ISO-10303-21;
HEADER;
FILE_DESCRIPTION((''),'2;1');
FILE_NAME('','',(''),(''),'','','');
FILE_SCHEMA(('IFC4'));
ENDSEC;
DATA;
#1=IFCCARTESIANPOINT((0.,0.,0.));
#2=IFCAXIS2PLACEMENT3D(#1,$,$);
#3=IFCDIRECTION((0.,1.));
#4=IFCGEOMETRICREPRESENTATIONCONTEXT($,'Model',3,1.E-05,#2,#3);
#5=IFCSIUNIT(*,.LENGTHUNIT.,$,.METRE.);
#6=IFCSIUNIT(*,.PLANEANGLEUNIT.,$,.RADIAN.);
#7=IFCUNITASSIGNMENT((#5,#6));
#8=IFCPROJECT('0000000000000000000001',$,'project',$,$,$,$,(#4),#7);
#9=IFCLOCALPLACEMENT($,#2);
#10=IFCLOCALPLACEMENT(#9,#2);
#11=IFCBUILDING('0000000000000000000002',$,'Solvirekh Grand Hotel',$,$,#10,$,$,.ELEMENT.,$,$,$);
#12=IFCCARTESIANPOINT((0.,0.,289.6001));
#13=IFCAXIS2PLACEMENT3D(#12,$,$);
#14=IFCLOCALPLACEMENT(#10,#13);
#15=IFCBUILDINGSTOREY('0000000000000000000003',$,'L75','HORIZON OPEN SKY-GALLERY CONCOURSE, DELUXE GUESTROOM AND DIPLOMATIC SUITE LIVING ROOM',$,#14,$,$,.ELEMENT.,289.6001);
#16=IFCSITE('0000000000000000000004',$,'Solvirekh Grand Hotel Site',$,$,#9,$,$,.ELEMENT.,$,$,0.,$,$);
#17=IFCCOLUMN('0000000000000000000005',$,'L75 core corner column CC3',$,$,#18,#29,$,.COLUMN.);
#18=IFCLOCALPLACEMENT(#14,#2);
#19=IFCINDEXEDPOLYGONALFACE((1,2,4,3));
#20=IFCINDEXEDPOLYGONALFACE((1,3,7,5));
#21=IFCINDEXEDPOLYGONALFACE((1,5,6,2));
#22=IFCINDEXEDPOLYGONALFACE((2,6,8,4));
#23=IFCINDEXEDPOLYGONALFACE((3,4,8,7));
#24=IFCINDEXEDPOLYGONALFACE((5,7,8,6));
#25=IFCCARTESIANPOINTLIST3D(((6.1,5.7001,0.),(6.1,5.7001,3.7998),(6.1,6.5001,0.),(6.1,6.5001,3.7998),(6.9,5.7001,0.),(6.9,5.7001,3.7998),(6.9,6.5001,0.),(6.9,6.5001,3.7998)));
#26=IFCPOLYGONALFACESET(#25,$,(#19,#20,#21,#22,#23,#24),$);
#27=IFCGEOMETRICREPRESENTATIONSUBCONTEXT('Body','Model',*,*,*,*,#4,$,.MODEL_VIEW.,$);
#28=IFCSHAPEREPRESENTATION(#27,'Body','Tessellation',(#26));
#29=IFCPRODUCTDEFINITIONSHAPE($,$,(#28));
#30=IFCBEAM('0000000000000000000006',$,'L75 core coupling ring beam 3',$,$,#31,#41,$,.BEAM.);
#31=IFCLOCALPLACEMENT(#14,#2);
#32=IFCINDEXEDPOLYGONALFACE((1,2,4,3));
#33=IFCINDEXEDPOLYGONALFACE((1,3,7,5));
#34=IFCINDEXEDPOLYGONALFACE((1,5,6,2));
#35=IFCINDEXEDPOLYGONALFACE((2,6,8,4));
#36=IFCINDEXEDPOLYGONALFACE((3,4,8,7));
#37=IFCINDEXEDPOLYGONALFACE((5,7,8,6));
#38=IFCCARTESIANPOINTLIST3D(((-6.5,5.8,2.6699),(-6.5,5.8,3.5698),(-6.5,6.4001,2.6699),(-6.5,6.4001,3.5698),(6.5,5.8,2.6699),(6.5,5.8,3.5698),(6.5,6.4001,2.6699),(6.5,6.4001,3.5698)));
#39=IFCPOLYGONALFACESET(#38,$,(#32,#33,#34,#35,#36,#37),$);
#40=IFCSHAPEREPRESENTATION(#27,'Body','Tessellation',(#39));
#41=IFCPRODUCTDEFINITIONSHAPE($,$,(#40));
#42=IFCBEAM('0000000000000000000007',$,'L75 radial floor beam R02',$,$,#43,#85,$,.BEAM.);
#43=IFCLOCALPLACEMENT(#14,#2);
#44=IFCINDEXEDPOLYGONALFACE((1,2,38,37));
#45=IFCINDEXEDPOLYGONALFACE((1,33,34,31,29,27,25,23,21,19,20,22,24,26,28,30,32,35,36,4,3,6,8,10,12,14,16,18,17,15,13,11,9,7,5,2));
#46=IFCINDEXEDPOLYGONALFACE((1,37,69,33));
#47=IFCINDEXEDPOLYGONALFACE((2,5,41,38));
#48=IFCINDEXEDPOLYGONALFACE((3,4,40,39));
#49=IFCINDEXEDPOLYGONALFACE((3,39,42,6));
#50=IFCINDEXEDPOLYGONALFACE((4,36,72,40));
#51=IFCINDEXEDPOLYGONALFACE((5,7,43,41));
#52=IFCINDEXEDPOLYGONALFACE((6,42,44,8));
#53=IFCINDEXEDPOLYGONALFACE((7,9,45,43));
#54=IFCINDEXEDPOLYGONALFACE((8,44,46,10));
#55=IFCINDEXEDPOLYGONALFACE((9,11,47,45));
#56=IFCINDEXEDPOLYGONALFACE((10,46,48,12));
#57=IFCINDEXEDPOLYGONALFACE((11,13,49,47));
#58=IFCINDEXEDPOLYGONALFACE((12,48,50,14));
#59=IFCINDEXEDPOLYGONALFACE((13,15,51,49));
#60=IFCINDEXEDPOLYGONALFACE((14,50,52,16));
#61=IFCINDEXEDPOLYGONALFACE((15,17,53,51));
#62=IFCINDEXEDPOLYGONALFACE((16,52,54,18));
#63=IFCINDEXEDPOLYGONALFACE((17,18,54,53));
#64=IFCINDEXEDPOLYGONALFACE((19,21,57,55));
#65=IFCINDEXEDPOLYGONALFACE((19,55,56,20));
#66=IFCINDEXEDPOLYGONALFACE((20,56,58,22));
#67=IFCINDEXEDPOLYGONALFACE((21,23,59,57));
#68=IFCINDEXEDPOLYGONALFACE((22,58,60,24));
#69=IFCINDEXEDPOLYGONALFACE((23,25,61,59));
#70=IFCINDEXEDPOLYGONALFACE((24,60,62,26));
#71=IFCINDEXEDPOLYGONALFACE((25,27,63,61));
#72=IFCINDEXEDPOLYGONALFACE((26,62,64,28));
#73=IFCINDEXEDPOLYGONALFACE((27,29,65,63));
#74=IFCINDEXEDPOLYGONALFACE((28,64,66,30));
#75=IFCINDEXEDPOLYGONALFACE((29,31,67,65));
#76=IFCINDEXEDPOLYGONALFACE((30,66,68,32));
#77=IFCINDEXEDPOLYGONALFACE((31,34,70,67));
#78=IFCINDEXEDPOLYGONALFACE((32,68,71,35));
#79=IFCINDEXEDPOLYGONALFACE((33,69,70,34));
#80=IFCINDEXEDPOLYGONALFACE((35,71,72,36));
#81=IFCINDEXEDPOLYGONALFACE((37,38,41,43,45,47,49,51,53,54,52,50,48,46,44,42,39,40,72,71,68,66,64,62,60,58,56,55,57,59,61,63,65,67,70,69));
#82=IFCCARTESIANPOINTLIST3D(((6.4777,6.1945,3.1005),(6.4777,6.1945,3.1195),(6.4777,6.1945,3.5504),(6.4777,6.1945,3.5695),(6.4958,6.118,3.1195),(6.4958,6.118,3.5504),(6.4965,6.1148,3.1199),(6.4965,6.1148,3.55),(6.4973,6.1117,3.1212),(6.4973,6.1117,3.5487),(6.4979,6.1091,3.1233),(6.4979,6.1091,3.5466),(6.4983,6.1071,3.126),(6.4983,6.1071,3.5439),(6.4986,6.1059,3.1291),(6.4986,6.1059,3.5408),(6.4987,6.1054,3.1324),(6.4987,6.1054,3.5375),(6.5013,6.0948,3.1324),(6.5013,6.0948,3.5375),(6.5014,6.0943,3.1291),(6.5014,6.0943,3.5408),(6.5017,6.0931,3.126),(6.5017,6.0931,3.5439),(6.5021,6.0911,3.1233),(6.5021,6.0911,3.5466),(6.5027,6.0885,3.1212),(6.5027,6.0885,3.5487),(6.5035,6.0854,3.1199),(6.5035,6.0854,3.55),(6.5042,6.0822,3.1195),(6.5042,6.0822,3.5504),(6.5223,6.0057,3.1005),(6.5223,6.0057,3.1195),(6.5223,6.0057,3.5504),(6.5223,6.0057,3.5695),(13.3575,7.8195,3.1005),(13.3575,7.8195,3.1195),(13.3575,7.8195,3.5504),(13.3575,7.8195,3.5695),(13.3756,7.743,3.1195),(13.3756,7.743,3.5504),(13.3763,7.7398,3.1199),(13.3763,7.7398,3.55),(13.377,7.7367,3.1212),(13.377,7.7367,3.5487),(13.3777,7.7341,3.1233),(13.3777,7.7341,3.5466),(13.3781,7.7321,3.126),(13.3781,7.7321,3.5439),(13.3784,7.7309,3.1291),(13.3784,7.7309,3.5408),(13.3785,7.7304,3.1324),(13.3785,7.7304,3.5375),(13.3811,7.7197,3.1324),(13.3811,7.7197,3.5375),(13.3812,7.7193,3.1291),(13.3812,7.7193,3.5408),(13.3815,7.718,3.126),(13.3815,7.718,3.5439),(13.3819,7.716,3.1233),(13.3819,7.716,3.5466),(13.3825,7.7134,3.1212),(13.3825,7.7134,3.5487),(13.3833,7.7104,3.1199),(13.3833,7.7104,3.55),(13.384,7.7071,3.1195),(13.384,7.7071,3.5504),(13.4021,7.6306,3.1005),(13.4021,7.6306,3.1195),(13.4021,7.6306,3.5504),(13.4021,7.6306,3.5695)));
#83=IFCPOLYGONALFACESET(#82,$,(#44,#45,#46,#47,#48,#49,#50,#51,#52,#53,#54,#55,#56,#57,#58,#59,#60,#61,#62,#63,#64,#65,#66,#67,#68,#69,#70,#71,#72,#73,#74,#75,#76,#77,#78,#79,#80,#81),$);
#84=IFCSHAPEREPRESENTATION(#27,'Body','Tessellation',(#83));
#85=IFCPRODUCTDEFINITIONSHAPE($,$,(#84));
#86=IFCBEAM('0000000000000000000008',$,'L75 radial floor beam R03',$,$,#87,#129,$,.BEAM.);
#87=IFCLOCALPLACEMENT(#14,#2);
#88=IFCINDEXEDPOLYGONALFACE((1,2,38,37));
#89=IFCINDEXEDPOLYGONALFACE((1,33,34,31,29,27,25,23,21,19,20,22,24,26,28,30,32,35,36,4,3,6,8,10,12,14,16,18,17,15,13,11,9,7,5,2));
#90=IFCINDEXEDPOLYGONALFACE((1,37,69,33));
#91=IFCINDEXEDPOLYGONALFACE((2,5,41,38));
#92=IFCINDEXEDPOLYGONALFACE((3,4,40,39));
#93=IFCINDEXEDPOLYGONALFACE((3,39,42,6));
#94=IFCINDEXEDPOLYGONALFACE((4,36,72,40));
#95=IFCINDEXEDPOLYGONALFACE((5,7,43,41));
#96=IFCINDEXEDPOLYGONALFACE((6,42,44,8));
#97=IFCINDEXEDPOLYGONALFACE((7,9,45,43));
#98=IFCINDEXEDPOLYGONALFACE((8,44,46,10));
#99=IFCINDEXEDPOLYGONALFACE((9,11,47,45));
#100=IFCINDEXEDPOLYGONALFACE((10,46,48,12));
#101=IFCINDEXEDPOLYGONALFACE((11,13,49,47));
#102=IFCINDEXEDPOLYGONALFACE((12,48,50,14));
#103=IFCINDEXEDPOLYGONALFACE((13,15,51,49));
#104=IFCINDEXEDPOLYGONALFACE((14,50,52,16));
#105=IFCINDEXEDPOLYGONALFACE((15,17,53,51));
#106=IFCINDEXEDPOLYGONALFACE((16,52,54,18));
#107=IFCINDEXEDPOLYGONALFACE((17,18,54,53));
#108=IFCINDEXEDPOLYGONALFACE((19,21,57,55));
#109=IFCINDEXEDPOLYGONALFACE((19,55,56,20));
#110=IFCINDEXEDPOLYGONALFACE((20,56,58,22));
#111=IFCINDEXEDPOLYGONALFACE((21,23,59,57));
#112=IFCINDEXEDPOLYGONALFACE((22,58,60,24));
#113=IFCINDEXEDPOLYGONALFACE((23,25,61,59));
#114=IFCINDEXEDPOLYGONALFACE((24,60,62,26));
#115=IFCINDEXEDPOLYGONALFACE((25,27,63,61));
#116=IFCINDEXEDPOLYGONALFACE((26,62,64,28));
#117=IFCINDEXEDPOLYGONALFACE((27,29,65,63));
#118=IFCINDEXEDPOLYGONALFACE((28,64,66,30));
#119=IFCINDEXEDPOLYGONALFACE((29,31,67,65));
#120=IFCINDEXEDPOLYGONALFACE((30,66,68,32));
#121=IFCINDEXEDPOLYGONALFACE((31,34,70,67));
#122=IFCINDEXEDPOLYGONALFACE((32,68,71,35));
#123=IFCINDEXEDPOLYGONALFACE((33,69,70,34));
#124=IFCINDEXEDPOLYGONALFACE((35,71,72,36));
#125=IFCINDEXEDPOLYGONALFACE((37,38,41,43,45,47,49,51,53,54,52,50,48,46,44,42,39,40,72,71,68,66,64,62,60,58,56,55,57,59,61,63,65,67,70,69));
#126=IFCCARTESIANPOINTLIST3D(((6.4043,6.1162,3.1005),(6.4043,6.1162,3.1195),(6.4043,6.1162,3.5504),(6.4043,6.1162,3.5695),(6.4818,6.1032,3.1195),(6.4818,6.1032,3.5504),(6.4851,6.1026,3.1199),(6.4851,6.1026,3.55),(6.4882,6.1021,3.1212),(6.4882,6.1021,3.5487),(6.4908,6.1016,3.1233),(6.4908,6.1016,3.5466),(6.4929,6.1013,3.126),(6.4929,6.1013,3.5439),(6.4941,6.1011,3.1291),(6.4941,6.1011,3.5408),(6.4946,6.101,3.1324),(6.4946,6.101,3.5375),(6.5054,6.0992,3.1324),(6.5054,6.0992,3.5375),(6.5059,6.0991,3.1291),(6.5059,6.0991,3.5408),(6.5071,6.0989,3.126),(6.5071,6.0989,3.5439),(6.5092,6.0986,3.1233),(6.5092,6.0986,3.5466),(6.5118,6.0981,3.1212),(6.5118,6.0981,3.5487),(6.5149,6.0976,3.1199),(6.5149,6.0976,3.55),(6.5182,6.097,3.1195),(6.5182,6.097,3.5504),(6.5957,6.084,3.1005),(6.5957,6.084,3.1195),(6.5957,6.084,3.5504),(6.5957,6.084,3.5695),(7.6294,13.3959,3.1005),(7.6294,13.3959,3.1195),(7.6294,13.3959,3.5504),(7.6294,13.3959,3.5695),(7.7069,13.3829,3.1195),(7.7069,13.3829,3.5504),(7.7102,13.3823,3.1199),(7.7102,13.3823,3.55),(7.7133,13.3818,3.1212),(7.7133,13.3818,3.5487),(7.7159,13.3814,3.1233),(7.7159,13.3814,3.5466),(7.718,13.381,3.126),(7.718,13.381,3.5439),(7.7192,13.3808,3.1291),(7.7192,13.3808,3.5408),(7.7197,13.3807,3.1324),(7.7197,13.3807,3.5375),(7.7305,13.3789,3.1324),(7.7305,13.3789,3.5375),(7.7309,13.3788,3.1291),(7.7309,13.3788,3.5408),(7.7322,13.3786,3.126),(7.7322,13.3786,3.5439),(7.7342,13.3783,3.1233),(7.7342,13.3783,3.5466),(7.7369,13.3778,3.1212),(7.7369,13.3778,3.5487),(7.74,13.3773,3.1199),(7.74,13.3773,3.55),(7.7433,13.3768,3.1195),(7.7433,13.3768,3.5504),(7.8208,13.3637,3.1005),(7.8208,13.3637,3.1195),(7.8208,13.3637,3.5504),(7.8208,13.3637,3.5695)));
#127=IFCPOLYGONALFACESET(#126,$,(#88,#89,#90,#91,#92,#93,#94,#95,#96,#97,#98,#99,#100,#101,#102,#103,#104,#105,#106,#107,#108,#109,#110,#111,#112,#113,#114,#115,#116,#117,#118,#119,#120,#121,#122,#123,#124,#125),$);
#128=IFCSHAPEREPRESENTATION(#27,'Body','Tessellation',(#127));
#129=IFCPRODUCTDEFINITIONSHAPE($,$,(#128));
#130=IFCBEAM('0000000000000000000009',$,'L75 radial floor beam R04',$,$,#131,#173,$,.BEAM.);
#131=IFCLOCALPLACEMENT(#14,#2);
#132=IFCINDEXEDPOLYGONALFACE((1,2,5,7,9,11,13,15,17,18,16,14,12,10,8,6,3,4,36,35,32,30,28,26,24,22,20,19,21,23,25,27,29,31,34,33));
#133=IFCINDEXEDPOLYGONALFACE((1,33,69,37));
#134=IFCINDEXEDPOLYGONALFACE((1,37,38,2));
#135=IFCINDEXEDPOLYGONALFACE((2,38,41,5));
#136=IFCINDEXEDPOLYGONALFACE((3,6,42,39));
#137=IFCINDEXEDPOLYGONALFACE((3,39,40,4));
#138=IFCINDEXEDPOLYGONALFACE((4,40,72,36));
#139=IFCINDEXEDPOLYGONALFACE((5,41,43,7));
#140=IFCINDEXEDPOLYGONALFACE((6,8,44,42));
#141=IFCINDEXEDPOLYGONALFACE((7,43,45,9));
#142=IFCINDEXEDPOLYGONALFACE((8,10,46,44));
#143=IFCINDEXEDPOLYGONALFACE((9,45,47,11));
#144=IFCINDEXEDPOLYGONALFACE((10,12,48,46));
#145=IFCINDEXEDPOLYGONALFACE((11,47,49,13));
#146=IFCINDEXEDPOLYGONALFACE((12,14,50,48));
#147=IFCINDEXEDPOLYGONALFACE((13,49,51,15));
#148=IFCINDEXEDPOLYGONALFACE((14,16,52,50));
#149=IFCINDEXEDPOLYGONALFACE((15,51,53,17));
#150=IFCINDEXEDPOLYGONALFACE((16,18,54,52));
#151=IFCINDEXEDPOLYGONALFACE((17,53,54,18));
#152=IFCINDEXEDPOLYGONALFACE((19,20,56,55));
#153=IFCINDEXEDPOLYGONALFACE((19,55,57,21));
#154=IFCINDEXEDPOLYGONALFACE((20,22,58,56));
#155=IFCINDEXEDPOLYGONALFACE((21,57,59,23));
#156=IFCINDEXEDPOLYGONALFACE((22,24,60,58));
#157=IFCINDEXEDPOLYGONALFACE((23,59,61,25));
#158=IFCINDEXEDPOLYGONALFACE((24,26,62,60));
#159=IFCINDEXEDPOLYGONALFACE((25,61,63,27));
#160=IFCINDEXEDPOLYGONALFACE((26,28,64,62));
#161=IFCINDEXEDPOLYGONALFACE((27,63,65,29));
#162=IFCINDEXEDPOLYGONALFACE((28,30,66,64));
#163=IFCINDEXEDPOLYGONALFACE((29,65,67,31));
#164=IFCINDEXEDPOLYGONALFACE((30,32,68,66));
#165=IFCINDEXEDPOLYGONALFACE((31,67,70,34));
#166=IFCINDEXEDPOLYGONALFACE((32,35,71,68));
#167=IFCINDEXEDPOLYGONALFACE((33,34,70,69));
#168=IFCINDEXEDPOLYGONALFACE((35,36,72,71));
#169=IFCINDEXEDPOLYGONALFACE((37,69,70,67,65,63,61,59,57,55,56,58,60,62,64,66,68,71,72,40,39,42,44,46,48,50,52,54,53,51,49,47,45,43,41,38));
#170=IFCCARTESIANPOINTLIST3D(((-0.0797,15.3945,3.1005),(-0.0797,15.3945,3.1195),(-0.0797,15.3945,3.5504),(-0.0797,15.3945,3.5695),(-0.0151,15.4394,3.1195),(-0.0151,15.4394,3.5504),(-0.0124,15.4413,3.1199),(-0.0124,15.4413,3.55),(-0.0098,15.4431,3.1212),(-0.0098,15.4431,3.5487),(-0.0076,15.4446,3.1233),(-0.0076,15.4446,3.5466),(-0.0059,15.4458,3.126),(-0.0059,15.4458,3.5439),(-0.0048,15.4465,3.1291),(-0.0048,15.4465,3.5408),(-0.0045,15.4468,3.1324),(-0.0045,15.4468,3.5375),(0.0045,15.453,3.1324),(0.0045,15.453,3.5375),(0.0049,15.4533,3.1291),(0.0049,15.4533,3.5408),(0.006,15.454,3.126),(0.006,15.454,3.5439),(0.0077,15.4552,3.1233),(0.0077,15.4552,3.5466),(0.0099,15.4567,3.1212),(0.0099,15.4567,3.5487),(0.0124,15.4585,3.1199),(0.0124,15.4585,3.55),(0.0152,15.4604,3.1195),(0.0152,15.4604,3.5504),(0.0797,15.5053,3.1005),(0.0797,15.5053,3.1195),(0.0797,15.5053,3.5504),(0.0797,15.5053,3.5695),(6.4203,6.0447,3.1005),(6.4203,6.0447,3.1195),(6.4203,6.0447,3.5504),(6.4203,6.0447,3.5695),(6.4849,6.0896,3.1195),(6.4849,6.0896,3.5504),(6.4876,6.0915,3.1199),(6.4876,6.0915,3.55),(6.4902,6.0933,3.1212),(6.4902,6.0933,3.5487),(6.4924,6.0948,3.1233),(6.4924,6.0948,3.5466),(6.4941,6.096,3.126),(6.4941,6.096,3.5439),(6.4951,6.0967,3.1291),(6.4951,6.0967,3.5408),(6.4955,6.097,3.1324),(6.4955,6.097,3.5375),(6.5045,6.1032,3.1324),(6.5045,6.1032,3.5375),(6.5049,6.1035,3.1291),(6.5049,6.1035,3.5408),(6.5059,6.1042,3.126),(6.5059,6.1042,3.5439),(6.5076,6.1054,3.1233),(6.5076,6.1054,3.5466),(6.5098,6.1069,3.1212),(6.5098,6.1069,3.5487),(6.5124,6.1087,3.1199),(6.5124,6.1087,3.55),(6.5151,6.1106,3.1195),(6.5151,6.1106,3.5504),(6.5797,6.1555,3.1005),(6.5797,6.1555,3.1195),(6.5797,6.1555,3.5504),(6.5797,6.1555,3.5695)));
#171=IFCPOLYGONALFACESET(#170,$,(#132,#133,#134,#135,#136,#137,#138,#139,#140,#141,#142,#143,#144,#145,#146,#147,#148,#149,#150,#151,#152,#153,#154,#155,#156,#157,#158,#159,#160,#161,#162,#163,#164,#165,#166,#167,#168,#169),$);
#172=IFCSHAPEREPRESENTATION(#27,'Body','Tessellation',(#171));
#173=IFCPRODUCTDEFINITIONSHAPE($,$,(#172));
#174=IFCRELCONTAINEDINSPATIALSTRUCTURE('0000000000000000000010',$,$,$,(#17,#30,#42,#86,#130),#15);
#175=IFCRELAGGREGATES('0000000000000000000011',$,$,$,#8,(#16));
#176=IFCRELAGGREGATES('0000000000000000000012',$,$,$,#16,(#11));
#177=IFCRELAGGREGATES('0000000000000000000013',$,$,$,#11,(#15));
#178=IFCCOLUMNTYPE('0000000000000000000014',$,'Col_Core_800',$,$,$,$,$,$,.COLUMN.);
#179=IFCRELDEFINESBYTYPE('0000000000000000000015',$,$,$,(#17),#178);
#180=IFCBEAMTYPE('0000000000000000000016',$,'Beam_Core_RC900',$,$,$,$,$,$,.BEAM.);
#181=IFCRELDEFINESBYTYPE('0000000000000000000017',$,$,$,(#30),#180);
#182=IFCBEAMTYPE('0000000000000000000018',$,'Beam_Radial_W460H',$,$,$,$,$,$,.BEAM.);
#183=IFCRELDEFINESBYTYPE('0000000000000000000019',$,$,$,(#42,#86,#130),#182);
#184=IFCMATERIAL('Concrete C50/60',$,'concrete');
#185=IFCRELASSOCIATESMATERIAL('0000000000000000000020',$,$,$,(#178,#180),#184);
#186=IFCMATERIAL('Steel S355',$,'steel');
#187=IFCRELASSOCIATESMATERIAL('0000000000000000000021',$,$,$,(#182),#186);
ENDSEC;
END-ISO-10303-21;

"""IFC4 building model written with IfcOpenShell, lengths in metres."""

from ifc_helpers import new_model, si_unit, direction, frame, origin, origin_2d, place, context, subcontext, project, spatial, rectangle, i_section, extrude, material, material_profile, profile_set, type_object, element, save


model = new_model("IFC4")

# Units and contexts
model_context = context("Model", 3, precision=1e-05, world=origin(), true_north=direction((0.0, 1.0)))
body_context = subcontext(model_context, "Body", "Model", "MODEL_VIEW")
ifc_project = project(units=[si_unit("LENGTHUNIT", "METRE"), si_unit("PLANEANGLEUNIT", "RADIAN")], contexts=[model_context])

# Site, building, storey
site_placement = place(None, origin())
site = spatial("IfcSite", under=ifc_project, at=site_placement, Name="Solvirekh Grand Hotel Site", CompositionType="ELEMENT", RefElevation=0.0)
building_placement = place(site_placement, origin())
building = spatial("IfcBuilding", under=site, at=building_placement, Name="Solvirekh Grand Hotel", CompositionType="ELEMENT")
storey_placement = place(building_placement, frame((0.0, 0.0, 289.6001)))
storey = spatial("IfcBuildingStorey", under=building, at=storey_placement, Name="L75", Description="HORIZON OPEN SKY-GALLERY CONCOURSE, DELUXE GUESTROOM AND DIPLOMATIC SUITE LIVING ROOM", CompositionType="ELEMENT", Elevation=289.6001)

# Column
ifc_material_1 = material(Name="Concrete C50/60", Category="concrete")
ifc_material_profile_1 = material_profile(ifc_material_1, rectangle(XDim=0.8, YDim=0.8, at=origin_2d()), Name="RC 800X800")
ifc_profile_set_1 = profile_set([ifc_material_profile_1], Name="Concrete C50/60")
column_type = type_object("IfcColumnType", Name="Col_Core_800", PredefinedType="COLUMN", material=ifc_profile_set_1)
column_placement = place(storey_placement, frame((6.5, 6.1001, 0.0), z_axis=(0.0, 0.0, 1.0), x_axis=(1.0, 0.0, 0.0)))
element("IfcColumn", 1, at=column_placement, inside=storey, type_object=column_type, Name="L75 core corner column CC3", PredefinedType="COLUMN", context=body_context, shape_type="SweptSolid", body=[
    extrude(rectangle(XDim=0.8, YDim=0.8, at=origin_2d()), origin(), (0.0, 0.0, 1.0), 3.7998),
])

# Beams
ifc_material_profile_2 = material_profile(ifc_material_1, rectangle(XDim=0.6001, YDim=0.8999, at=origin_2d()), Name="RC BEAM 600X900")
ifc_profile_set_2 = profile_set([ifc_material_profile_2], Name="Concrete C50/60")
beam_type_1 = type_object("IfcBeamType", Name="Beam_Core_RC900", PredefinedType="BEAM", material=ifc_profile_set_2)
beam_1_placement = place(storey_placement, frame((6.5, 6.1001, 3.1199), z_axis=(-1.0, 0.0, 0.0), x_axis=(0.0, -1.0, 0.0)))
element("IfcBeam", 2, at=beam_1_placement, inside=storey, type_object=beam_type_1, Name="L75 core coupling ring beam 3", PredefinedType="BEAM", context=body_context, shape_type="SweptSolid", body=[
    extrude(rectangle(XDim=0.6001, YDim=0.8999, at=origin_2d()), origin(), (0.0, 0.0, 1.0), 13.0),
])
ifc_material_2 = material(Name="Steel S355", Category="steel")
ifc_material_profile_3 = material_profile(ifc_material_2, i_section(OverallWidth=0.1941, OverallDepth=0.469, WebThickness=0.011, FlangeThickness=0.019, FilletRadius=0.0129, at=origin_2d()), Name="W460X106")
ifc_profile_set_3 = profile_set([ifc_material_profile_3], Name="Steel S355")
beam_type_2 = type_object("IfcBeamType", Name="Beam_Radial_W460H", PredefinedType="BEAM", material=ifc_profile_set_3)
beam_2_placement = place(storey_placement, frame((6.5, 6.1001, 3.335), z_axis=(0.973221, 0.229871, 0.0), x_axis=(-0.229871, 0.973221, 0.0)))
element("IfcBeam", 3, at=beam_2_placement, inside=storey, type_object=beam_type_2, Name="L75 radial floor beam R02", PredefinedType="BEAM", context=body_context, shape_type="SweptSolid", body=[
    extrude(i_section(OverallWidth=0.1941, OverallDepth=0.469, WebThickness=0.011, FlangeThickness=0.019, FilletRadius=0.0129, at=origin_2d()), origin(), (0.0, 0.0, 1.0), 7.0691),
])
beam_3_placement = place(storey_placement, frame((6.5, 6.1001, 3.335), z_axis=(0.165954, 0.986133, 0.0), x_axis=(-0.986133, 0.165954, 0.0)))
element("IfcBeam", 4, at=beam_3_placement, inside=storey, type_object=beam_type_2, Name="L75 radial floor beam R03", PredefinedType="BEAM", context=body_context, shape_type="SweptSolid", body=[
    extrude(i_section(OverallWidth=0.1941, OverallDepth=0.469, WebThickness=0.011, FlangeThickness=0.019, FilletRadius=0.0129, at=origin_2d()), origin(), (0.0, 0.0, 1.0), 7.3821),
])
beam_4_placement = place(storey_placement, frame((6.5, 6.1001, 3.335), z_axis=(-0.570813, 0.82108, 0.0), x_axis=(-0.82108, -0.570813, 0.0)))
element("IfcBeam", 5, at=beam_4_placement, inside=storey, type_object=beam_type_2, Name="L75 radial floor beam R04", PredefinedType="BEAM", context=body_context, shape_type="SweptSolid", body=[
    extrude(i_section(OverallWidth=0.1941, OverallDepth=0.469, WebThickness=0.011, FlangeThickness=0.019, FilletRadius=0.0129, at=origin_2d()), origin(), (0.0, 0.0, 1.0), 11.3872),
])

save(model, "model.ifc")
